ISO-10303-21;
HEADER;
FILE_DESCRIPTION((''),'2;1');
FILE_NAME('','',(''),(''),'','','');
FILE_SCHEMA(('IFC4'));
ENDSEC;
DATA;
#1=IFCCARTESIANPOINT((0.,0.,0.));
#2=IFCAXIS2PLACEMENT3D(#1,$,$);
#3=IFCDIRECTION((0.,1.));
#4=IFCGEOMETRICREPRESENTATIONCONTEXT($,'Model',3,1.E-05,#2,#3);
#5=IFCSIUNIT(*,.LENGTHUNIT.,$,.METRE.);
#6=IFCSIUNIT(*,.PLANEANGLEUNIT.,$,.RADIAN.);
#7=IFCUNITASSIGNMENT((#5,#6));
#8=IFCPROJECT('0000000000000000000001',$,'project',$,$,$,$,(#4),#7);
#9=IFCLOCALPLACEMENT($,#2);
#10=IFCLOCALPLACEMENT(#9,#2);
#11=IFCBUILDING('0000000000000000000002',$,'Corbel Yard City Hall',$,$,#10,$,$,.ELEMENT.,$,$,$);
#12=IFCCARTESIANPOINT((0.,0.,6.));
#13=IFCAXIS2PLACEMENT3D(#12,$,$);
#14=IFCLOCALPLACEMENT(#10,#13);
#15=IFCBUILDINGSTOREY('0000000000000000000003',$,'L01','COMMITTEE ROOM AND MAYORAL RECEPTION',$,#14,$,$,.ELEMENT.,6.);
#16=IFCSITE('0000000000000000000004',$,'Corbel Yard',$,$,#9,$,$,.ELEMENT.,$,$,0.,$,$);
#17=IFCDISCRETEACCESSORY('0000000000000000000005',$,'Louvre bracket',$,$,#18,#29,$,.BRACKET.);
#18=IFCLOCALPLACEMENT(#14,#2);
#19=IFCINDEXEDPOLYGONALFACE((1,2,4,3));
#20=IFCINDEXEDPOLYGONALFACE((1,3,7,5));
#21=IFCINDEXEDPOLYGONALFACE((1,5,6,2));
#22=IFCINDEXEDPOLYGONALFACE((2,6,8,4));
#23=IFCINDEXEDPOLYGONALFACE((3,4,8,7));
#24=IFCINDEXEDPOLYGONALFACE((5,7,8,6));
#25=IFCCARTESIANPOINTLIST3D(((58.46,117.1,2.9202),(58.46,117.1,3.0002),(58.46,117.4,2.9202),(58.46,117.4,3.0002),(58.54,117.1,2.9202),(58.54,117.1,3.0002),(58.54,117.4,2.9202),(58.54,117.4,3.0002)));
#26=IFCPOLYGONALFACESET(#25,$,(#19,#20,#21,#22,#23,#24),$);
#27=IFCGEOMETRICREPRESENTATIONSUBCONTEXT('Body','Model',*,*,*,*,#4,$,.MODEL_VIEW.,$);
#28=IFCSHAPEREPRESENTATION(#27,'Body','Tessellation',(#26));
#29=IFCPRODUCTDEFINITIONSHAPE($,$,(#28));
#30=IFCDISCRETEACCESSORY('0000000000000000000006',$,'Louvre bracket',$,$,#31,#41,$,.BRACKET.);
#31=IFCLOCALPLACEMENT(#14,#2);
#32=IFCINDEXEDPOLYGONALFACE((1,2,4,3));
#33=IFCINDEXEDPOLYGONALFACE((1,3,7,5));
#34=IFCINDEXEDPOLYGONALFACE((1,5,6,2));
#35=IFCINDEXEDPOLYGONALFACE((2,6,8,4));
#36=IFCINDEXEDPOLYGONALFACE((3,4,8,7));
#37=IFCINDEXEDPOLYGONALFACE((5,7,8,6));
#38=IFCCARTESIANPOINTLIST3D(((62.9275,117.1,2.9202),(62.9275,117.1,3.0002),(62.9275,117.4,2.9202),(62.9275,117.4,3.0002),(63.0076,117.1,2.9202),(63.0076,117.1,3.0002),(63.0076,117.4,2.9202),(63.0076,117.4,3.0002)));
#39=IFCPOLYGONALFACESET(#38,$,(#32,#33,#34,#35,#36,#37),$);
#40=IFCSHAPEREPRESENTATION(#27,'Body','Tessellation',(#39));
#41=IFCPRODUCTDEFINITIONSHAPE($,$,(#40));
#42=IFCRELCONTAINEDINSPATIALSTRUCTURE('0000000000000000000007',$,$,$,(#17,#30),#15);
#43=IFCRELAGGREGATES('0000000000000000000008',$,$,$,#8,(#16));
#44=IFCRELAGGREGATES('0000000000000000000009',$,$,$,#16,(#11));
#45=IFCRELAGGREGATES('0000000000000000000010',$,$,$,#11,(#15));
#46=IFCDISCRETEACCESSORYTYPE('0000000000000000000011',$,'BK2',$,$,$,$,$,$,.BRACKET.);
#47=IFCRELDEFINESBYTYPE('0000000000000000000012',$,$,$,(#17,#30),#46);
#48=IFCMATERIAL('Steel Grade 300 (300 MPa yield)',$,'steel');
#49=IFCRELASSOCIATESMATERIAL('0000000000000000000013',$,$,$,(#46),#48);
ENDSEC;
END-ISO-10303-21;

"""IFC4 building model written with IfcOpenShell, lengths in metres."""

from ifc_helpers import new_model, si_unit, direction, frame, origin, origin_2d, place, context, subcontext, project, spatial, rectangle, extrude, material, type_object, element, save


model = new_model("IFC4")

# Units and contexts
model_context = context("Model", 3, precision=1e-05, world=origin(), true_north=direction((0.0, 1.0)))
body_context = subcontext(model_context, "Body", "Model", "MODEL_VIEW")
ifc_project = project(units=[si_unit("LENGTHUNIT", "METRE"), si_unit("PLANEANGLEUNIT", "RADIAN")], contexts=[model_context])

# Site, building, storey
site_placement = place(None, origin())
site = spatial("IfcSite", under=ifc_project, at=site_placement, Name="Corbel Yard", CompositionType="ELEMENT", RefElevation=0.0)
building_placement = place(site_placement, origin())
building = spatial("IfcBuilding", under=site, at=building_placement, Name="Corbel Yard City Hall", CompositionType="ELEMENT")
storey_placement = place(building_placement, frame((0.0, 0.0, 6.0)))
storey = spatial("IfcBuildingStorey", under=building, at=storey_placement, Name="L01", Description="COMMITTEE ROOM AND MAYORAL RECEPTION", CompositionType="ELEMENT", Elevation=6.0)

# Shared definitions
ifc_material_1 = material(Name="Steel Grade 300 (300 MPa yield)", Category="steel")

# Discrete accessories
discrete_accessory_type = type_object("IfcDiscreteAccessoryType", Name="BK2", PredefinedType="BRACKET", material=ifc_material_1)
for number, where, z_axis, x_axis, name in (
    (1, (58.5, 117.25, 2.9202), (0.0, 0.0, 1.0), (1.0, 0.0, 0.0), "Louvre bracket"),
    (2, (62.9675, 117.25, 2.9202), (0.0, 0.0, 1.0), (1.0, 0.0, 0.0), "Louvre bracket"),
):
    element("IfcDiscreteAccessory", number, at=place(storey_placement, frame(where, z_axis=z_axis, x_axis=x_axis)), inside=storey, type_object=discrete_accessory_type, Name=name, PredefinedType="BRACKET", context=body_context, shape_type="SweptSolid", body=[
        extrude(rectangle(XDim=0.0801, YDim=0.3, at=origin_2d()), origin(), (0.0, 0.0, 1.0), 0.0801),
    ])

save(model, "model.ifc")
